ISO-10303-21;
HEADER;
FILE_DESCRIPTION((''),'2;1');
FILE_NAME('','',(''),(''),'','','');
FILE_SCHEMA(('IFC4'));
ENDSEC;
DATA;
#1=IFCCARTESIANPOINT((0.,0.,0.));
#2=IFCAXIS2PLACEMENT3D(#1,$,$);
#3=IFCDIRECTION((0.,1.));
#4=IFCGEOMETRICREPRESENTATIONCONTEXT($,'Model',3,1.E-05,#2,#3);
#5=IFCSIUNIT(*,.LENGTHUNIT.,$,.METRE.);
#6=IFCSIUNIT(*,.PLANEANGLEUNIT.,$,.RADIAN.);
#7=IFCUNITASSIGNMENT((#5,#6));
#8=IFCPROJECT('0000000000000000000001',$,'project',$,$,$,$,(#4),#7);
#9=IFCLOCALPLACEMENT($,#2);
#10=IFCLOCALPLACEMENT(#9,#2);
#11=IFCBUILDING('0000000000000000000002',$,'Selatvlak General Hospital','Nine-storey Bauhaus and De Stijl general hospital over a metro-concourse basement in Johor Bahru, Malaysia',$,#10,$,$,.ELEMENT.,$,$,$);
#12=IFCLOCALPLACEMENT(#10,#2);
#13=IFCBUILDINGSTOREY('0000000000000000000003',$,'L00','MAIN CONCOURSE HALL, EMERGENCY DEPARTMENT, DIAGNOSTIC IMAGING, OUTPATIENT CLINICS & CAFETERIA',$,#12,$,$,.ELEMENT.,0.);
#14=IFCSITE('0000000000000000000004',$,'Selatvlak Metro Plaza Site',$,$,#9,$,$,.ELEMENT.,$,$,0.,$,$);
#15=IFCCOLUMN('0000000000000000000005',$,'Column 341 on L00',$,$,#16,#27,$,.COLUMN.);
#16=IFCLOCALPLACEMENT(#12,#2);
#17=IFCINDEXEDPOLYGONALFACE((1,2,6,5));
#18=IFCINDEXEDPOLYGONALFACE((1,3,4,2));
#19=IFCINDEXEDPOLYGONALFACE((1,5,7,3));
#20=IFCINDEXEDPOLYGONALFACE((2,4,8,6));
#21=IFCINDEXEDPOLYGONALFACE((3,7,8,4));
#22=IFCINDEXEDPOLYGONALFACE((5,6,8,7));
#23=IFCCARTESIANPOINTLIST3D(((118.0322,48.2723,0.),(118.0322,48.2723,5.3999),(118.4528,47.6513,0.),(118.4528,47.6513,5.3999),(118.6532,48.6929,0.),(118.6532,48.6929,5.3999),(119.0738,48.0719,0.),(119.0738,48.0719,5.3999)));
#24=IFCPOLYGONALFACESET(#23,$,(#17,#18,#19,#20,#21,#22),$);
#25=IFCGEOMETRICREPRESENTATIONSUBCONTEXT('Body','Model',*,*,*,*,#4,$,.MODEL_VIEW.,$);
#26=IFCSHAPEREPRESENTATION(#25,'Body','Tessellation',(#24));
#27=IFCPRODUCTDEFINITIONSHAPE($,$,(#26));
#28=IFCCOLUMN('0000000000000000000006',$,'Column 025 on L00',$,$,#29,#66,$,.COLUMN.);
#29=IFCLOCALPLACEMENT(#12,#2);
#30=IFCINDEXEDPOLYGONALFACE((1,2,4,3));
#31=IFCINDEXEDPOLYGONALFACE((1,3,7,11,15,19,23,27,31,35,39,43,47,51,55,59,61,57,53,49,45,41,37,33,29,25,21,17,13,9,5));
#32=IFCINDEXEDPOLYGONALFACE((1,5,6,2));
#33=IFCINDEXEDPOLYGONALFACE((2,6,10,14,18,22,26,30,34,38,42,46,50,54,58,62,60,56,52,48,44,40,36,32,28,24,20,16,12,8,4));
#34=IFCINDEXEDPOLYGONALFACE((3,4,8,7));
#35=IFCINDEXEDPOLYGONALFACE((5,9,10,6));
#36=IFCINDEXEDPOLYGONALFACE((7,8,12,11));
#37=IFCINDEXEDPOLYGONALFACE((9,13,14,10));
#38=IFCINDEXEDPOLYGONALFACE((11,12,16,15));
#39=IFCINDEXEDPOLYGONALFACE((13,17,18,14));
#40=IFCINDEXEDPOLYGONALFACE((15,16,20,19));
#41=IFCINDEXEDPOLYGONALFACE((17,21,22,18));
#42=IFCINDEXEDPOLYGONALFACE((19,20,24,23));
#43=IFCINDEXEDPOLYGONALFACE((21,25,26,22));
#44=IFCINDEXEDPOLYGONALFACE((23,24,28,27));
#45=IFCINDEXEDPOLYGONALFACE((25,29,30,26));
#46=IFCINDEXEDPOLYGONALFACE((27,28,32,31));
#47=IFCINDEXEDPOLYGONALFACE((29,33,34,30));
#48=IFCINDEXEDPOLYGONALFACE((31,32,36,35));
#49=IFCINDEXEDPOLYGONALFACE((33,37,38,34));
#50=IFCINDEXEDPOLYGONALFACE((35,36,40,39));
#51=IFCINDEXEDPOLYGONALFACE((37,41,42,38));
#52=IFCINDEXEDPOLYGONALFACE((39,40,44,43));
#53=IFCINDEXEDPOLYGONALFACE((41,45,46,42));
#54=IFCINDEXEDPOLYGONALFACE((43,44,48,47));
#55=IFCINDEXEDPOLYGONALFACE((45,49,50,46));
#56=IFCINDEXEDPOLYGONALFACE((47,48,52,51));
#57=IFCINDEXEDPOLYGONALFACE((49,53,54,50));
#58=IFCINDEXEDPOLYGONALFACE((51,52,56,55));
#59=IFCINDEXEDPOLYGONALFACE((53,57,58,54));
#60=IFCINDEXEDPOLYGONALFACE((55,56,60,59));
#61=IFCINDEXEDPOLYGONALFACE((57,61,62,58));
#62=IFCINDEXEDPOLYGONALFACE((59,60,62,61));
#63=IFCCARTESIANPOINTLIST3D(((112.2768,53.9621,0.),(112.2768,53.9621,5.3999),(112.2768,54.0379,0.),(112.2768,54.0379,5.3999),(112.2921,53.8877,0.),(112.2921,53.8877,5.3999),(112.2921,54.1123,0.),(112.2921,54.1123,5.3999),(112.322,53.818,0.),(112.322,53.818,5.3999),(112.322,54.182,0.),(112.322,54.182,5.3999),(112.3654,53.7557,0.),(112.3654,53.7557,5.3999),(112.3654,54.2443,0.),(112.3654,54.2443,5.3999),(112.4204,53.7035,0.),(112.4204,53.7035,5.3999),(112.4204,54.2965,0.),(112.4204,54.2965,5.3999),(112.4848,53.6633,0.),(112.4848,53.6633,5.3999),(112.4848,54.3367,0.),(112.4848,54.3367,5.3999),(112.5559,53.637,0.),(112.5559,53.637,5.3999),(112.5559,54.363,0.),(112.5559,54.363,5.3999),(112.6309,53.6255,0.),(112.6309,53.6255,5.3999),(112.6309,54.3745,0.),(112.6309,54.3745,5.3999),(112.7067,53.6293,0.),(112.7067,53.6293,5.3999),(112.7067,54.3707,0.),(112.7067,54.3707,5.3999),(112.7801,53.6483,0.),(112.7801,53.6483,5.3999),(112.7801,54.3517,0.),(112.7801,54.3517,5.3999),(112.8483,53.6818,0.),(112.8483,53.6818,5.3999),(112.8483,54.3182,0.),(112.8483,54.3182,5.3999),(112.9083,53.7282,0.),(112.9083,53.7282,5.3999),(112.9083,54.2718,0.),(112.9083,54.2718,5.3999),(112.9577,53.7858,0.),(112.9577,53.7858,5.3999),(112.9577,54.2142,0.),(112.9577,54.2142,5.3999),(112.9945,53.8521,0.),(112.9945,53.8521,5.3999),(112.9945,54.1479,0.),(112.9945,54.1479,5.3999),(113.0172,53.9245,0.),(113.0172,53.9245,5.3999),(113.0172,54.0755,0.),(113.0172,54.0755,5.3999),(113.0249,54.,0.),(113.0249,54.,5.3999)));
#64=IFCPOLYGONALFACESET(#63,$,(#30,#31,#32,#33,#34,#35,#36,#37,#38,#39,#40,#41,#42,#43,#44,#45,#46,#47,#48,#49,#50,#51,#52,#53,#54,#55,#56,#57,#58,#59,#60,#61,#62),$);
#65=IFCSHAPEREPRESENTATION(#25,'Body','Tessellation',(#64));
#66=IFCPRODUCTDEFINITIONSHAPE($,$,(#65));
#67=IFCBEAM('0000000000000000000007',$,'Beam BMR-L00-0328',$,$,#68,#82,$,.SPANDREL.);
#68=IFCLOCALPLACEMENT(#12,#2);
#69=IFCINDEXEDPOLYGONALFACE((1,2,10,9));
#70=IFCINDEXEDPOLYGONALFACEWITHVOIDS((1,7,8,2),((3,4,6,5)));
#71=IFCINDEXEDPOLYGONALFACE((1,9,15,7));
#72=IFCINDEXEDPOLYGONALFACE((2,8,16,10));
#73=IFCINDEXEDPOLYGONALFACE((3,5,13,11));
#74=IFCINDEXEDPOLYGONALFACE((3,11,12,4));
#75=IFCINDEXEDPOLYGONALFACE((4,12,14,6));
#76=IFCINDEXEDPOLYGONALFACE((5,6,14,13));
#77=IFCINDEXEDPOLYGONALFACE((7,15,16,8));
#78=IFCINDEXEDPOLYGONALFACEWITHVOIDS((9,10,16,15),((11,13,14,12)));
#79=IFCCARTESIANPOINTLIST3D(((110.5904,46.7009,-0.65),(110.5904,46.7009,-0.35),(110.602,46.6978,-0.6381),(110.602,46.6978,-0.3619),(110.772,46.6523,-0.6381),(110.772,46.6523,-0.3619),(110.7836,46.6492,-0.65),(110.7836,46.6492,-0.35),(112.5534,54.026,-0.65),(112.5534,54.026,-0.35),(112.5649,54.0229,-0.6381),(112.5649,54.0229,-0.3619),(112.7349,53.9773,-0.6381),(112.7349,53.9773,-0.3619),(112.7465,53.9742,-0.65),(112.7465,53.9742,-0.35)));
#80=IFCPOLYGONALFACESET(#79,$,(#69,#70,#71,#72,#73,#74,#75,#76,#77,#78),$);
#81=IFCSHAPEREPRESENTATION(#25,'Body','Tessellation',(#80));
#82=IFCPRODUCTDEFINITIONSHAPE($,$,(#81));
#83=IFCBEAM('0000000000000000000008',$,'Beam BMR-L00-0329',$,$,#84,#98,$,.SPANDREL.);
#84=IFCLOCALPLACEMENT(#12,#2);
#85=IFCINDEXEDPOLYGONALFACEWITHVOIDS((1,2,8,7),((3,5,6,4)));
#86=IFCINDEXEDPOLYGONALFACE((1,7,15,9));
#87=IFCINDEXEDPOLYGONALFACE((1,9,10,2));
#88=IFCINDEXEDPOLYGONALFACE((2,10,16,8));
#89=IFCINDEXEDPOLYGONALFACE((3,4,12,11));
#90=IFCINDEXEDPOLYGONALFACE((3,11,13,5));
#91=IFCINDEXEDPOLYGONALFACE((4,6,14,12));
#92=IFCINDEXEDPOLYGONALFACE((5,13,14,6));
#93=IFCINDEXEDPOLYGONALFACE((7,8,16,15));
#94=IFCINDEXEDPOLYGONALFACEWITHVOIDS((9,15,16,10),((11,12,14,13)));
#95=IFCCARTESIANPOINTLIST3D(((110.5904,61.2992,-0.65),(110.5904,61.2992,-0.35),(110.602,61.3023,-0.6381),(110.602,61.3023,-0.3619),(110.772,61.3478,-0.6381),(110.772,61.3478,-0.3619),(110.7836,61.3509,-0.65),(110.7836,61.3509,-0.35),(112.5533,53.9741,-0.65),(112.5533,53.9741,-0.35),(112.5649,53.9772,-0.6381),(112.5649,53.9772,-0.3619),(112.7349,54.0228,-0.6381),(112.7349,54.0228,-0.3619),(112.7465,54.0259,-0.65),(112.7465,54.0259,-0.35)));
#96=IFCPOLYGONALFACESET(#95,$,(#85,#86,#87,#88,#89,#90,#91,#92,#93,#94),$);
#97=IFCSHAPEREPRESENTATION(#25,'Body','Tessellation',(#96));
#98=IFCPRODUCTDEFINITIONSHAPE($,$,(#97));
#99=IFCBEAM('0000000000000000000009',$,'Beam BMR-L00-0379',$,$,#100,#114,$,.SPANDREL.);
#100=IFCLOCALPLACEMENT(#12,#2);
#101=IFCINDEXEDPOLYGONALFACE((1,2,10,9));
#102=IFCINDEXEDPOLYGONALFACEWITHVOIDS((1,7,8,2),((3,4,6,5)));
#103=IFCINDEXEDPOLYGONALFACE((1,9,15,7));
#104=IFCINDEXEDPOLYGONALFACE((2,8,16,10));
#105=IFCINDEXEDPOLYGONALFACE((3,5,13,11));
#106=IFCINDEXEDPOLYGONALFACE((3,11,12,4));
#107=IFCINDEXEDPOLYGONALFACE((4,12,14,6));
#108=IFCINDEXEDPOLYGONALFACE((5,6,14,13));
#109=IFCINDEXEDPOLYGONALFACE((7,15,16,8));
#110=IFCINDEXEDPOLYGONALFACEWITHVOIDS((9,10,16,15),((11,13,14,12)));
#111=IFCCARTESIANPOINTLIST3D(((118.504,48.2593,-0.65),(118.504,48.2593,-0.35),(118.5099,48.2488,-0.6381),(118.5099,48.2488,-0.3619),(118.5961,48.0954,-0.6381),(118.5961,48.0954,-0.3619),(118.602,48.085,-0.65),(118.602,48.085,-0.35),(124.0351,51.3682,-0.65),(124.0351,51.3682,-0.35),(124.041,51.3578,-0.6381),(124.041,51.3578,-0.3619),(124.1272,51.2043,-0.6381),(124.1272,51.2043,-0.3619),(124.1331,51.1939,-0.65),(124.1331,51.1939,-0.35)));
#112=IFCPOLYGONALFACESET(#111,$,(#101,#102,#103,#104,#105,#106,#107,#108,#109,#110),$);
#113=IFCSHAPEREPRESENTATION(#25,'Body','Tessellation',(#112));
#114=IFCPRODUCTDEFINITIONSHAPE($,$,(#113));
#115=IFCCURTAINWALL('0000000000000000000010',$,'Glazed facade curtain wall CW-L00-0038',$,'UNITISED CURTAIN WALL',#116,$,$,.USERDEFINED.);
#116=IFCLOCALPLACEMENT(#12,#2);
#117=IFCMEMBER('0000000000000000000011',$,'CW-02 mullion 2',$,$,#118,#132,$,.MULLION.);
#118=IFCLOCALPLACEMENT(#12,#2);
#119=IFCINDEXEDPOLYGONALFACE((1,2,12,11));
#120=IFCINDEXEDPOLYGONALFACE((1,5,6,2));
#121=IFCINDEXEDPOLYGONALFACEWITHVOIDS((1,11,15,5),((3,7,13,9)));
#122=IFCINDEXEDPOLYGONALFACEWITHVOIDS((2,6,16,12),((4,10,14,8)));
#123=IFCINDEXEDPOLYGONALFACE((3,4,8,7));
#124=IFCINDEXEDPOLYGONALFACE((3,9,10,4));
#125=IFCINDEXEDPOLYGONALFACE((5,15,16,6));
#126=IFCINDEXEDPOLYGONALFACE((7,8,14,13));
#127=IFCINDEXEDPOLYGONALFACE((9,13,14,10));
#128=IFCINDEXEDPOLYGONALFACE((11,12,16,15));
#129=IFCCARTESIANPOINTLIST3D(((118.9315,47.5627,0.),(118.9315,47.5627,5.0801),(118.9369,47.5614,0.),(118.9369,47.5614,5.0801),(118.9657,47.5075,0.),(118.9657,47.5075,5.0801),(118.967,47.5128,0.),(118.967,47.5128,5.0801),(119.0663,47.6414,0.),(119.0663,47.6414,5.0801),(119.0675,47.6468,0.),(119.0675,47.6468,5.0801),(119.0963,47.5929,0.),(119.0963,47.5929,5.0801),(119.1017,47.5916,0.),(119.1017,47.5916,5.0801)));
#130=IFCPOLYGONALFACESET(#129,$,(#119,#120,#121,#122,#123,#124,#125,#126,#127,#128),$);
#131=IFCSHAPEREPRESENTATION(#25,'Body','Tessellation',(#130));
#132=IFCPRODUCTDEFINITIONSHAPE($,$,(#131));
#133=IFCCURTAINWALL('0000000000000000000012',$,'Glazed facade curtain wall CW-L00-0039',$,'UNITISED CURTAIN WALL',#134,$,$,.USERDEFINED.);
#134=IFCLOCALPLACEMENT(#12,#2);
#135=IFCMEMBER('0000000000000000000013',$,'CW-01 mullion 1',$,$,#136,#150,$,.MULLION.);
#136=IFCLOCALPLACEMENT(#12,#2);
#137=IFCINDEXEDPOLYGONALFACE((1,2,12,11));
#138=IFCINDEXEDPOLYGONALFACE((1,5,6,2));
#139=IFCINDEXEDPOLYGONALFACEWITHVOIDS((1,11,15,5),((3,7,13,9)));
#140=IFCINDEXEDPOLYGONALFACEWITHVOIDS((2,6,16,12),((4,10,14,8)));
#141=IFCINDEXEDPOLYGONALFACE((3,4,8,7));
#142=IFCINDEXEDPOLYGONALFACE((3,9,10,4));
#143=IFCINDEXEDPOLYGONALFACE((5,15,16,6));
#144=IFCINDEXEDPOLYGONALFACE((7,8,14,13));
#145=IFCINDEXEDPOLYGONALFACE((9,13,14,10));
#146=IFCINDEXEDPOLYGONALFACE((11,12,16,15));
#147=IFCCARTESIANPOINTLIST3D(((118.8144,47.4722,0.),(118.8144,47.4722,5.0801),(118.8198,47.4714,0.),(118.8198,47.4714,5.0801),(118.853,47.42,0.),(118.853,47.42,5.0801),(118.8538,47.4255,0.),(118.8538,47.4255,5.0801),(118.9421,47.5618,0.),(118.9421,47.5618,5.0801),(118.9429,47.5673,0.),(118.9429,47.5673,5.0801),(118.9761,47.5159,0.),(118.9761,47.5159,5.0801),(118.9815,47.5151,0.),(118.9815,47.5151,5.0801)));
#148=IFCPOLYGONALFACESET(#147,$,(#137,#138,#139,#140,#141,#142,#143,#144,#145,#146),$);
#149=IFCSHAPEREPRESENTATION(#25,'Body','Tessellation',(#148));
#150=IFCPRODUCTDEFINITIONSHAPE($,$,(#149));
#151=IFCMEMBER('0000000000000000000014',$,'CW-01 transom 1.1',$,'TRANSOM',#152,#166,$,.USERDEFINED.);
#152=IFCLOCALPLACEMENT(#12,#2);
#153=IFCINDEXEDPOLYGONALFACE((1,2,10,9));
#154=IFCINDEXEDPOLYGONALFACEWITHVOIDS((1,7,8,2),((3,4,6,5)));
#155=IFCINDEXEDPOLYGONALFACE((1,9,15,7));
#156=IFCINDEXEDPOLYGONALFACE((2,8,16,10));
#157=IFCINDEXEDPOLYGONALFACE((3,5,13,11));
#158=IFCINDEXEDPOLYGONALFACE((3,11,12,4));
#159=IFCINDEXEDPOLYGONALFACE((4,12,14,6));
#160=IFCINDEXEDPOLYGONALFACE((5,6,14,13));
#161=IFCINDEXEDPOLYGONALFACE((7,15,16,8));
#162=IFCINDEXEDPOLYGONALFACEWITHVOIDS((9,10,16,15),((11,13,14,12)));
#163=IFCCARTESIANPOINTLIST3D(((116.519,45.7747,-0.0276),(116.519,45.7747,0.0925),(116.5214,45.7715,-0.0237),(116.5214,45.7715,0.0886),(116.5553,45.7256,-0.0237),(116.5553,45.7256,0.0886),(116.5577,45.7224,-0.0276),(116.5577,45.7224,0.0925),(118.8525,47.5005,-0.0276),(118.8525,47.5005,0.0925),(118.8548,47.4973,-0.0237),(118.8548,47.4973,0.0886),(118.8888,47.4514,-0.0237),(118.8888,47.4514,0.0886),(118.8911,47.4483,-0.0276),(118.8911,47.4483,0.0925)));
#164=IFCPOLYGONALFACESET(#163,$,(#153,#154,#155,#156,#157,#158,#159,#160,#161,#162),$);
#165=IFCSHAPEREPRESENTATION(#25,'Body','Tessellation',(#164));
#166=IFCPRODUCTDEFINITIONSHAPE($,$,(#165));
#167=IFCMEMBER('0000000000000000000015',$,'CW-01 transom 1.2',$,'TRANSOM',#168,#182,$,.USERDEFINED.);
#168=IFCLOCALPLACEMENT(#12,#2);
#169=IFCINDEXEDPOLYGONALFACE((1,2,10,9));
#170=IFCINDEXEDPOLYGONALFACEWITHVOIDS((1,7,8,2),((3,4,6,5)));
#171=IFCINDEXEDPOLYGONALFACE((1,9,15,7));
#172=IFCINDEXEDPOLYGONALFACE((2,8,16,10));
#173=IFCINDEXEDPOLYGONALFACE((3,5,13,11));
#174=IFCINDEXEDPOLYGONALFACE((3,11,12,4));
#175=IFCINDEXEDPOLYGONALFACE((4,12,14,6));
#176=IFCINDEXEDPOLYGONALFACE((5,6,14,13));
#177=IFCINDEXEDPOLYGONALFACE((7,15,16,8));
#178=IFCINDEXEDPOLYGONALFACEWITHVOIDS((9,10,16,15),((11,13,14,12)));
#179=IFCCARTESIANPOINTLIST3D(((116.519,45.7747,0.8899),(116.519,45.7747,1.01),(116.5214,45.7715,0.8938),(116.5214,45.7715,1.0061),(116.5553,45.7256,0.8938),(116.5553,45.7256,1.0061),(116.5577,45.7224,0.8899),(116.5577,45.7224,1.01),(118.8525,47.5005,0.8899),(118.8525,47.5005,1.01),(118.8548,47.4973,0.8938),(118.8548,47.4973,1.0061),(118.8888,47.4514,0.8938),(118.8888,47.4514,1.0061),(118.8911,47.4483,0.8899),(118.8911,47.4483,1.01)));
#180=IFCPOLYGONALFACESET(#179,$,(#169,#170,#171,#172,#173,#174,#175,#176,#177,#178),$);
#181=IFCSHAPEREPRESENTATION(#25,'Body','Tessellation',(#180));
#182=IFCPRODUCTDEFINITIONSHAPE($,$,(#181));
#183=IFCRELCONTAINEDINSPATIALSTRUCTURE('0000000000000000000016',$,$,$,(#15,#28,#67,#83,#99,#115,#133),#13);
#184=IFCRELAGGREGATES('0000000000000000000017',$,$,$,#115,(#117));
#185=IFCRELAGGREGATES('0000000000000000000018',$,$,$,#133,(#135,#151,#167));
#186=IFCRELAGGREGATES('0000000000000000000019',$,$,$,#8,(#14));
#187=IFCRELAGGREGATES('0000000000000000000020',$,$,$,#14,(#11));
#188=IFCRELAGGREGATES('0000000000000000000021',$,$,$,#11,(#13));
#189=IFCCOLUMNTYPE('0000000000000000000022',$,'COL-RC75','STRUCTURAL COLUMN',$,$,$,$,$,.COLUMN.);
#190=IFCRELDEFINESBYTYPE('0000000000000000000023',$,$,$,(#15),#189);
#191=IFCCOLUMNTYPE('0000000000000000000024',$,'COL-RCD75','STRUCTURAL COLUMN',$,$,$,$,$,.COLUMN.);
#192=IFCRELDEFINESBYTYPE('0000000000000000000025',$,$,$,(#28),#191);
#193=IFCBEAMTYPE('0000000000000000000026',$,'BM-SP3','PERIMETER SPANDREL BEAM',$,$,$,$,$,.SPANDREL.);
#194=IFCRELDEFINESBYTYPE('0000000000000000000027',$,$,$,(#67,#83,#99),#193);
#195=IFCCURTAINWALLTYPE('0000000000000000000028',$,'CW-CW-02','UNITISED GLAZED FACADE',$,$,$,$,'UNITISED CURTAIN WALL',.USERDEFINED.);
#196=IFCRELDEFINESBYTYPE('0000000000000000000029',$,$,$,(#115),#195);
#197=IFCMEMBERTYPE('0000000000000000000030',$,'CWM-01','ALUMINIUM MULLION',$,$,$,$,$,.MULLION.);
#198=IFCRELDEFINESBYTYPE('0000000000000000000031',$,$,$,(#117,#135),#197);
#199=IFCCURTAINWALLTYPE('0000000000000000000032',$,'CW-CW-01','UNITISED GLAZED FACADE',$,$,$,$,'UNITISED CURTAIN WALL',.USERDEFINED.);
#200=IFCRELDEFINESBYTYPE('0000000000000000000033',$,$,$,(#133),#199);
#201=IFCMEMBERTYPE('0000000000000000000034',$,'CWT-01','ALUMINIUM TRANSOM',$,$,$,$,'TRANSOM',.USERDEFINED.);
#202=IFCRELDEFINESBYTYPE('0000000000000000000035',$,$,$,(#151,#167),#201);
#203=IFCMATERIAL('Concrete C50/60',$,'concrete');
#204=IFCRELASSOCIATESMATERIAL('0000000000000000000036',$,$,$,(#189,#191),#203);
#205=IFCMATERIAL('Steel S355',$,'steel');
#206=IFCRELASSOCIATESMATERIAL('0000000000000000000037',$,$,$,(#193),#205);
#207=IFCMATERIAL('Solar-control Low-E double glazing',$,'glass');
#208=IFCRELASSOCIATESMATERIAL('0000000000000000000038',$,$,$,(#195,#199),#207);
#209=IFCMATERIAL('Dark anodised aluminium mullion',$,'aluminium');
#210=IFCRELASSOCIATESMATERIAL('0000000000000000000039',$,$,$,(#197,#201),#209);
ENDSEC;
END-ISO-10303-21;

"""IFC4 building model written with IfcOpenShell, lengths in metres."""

from ifc_helpers import new_model, si_unit, direction, frame, origin, origin_2d, place, context, subcontext, project, spatial, rectangle, hollow_rectangle, circle, extrude, material, material_profile, profile_set, type_object, element, aggregate, save


model = new_model("IFC4")

# Units and contexts
model_context = context("Model", 3, precision=1e-05, world=origin(), true_north=direction((0.0, 1.0)))
body_context = subcontext(model_context, "Body", "Model", "MODEL_VIEW")
ifc_project = project(units=[si_unit("LENGTHUNIT", "METRE"), si_unit("PLANEANGLEUNIT", "RADIAN")], contexts=[model_context])

# Site, building, storey
site_placement = place(None, origin())
site = spatial("IfcSite", under=ifc_project, at=site_placement, Name="Selatvlak Metro Plaza Site", CompositionType="ELEMENT", RefElevation=0.0)
building_placement = place(site_placement, origin())
building = spatial("IfcBuilding", under=site, at=building_placement, Name="Selatvlak General Hospital", Description="Nine-storey Bauhaus and De Stijl general hospital over a metro-concourse basement in Johor Bahru, Malaysia", CompositionType="ELEMENT")
storey_placement = place(building_placement, origin())
storey = spatial("IfcBuildingStorey", under=building, at=storey_placement, Name="L00", Description="MAIN CONCOURSE HALL, EMERGENCY DEPARTMENT, DIAGNOSTIC IMAGING, OUTPATIENT CLINICS & CAFETERIA", CompositionType="ELEMENT", Elevation=0.0)

# Columns
ifc_material_1 = material(Name="Concrete C50/60", Category="concrete")
ifc_material_profile_1 = material_profile(ifc_material_1, rectangle(XDim=0.75, YDim=0.75, at=origin_2d()), Name="RC-COL 750x750")
ifc_profile_set_1 = profile_set([ifc_material_profile_1], Name="Concrete C50/60")
column_type_1 = type_object("IfcColumnType", Name="COL-RC75", Description="STRUCTURAL COLUMN", PredefinedType="COLUMN", material=ifc_profile_set_1)
column_placement = place(storey_placement, frame((118.553, 48.1721, 0.0), z_axis=(0.0, 0.0, 1.0), x_axis=(-0.560726, 0.828002, 0.0)))
element("IfcColumn", 1, at=column_placement, inside=storey, type_object=column_type_1, Name="Column 341 on L00", PredefinedType="COLUMN", context=body_context, shape_type="SweptSolid", body=[
    extrude(rectangle(XDim=0.75, YDim=0.75, at=origin_2d()), origin(), (0.0, 0.0, 1.0), 5.3999),
])
ifc_material_profile_2 = material_profile(ifc_material_1, circle(Radius=0.375, at=origin_2d()), Name="RC-COL D750")
ifc_profile_set_2 = profile_set([ifc_material_profile_2], Name="Concrete C50/60")
column_type_2 = type_object("IfcColumnType", Name="COL-RCD75", Description="STRUCTURAL COLUMN", PredefinedType="COLUMN", material=ifc_profile_set_2)
for number, where, z_axis, x_axis, name in (
    (2, (112.6499, 54.0, 0.0), (0.0, 0.0, 1.0), (1.0, 0.0, 0.0), "Column 025 on L00"),
):
    element("IfcColumn", number, at=place(storey_placement, frame(where, z_axis=z_axis, x_axis=x_axis)), inside=storey, type_object=column_type_2, Name=name, PredefinedType="COLUMN", context=body_context, shape_type="SweptSolid", body=[
        extrude(circle(Radius=0.375, at=origin_2d()), origin(), (0.0, 0.0, 1.0), 5.3999),
    ])

# Beams
ifc_material_2 = material(Name="Steel S355", Category="steel")
ifc_material_profile_3 = material_profile(ifc_material_2, hollow_rectangle(XDim=0.2, YDim=0.3, WallThickness=0.012, at=origin_2d()), Name="RHS 300x200x12")
ifc_profile_set_3 = profile_set([ifc_material_profile_3], Name="Steel S355")
beam_type = type_object("IfcBeamType", Name="BM-SP3", Description="PERIMETER SPANDREL BEAM", PredefinedType="SPANDREL", material=ifc_profile_set_3)
for number, where, z_axis, x_axis, name in (
    (3, (110.687, 46.675, -0.5), (0.258841, 0.96592, 0.0), (-0.96592, 0.258841, 0.0), "Beam BMR-L00-0328"),
    (4, (112.6499, 54.0, -0.5), (-0.258841, 0.96592, 0.0), (-0.96592, -0.258841, 0.0), "Beam BMR-L00-0329"),
):
    element("IfcBeam", number, at=place(storey_placement, frame(where, z_axis=z_axis, x_axis=x_axis)), inside=storey, type_object=beam_type, Name=name, PredefinedType="SPANDREL", context=body_context, shape_type="SweptSolid", body=[
        extrude(hollow_rectangle(XDim=0.2, YDim=0.3, WallThickness=0.012, at=origin_2d()), origin(), (0.0, 0.0, 1.0), 7.5835),
    ])
beam_placement = place(storey_placement, frame((118.553, 48.1721, -0.5), z_axis=(0.871731, 0.489985, 0.0), x_axis=(-0.489985, 0.871731, 0.0)))
element("IfcBeam", 5, at=beam_placement, inside=storey, type_object=beam_type, Name="Beam BMR-L00-0379", PredefinedType="SPANDREL", context=body_context, shape_type="SweptSolid", body=[
    extrude(hollow_rectangle(XDim=0.2, YDim=0.3, WallThickness=0.012, at=origin_2d()), origin(), (0.0, 0.0, 1.0), 6.345),
])

# Curtain wall, member
ifc_material_3 = material(Name="Solar-control Low-E double glazing", Category="glass")
curtain_wall_type_1 = type_object("IfcCurtainWallType", Name="CW-CW-02", Description="UNITISED GLAZED FACADE", ElementType="UNITISED CURTAIN WALL", PredefinedType="USERDEFINED", material=ifc_material_3)
curtain_wall_1_placement = place(storey_placement, origin())
curtain_wall_1 = element("IfcCurtainWall", 6, at=curtain_wall_1_placement, inside=storey, type_object=curtain_wall_type_1, Name="Glazed facade curtain wall CW-L00-0038", ObjectType="UNITISED CURTAIN WALL", PredefinedType="USERDEFINED")
ifc_material_4 = material(Name="Dark anodised aluminium mullion", Category="aluminium")
ifc_material_profile_4 = material_profile(ifc_material_4, hollow_rectangle(XDim=0.0649, YDim=0.1599, WallThickness=0.0039, at=origin_2d()), Name="AL-MUL 65x160x4")
ifc_profile_set_4 = profile_set([ifc_material_profile_4], Name="Dark anodised aluminium mullion")
member_type_1 = type_object("IfcMemberType", Name="CWM-01", Description="ALUMINIUM MULLION", PredefinedType="MULLION", material=ifc_profile_set_4)
member_1_placement = place(storey_placement, frame((119.0166, 47.5771, 0.0), z_axis=(0.0, 0.0, 1.0), x_axis=(0.526048, -0.850455, 0.0)))
member_1 = element("IfcMember", 7, at=member_1_placement, type_object=member_type_1, Name="CW-02 mullion 2", PredefinedType="MULLION", context=body_context, shape_type="SweptSolid", body=[
    extrude(hollow_rectangle(XDim=0.0649, YDim=0.1599, WallThickness=0.0039, at=origin_2d()), origin(), (0.0, 0.0, 1.0), 5.0801),
])

# Curtain wall, members
curtain_wall_type_2 = type_object("IfcCurtainWallType", Name="CW-CW-01", Description="UNITISED GLAZED FACADE", ElementType="UNITISED CURTAIN WALL", PredefinedType="USERDEFINED", material=ifc_material_3)
curtain_wall_2_placement = place(storey_placement, origin())
curtain_wall_2 = element("IfcCurtainWall", 8, at=curtain_wall_2_placement, inside=storey, type_object=curtain_wall_type_2, Name="Glazed facade curtain wall CW-L00-0039", ObjectType="UNITISED CURTAIN WALL", PredefinedType="USERDEFINED")
member_2_placement = place(storey_placement, frame((118.8979, 47.4937, 0.0), z_axis=(0.0, 0.0, 1.0), x_axis=(0.594604, -0.804018, 0.0)))
member_2 = element("IfcMember", 9, at=member_2_placement, type_object=member_type_1, Name="CW-01 mullion 1", PredefinedType="MULLION", context=body_context, shape_type="SweptSolid", body=[
    extrude(hollow_rectangle(XDim=0.0649, YDim=0.1599, WallThickness=0.0039, at=origin_2d()), origin(), (0.0, 0.0, 1.0), 5.0801),
])
ifc_material_profile_5 = material_profile(ifc_material_4, hollow_rectangle(XDim=0.0649, YDim=0.1201, WallThickness=0.0039, at=origin_2d()), Name="AL-TRN 65x120x4")
ifc_profile_set_5 = profile_set([ifc_material_profile_5], Name="Dark anodised aluminium mullion")
member_type_2 = type_object("IfcMemberType", Name="CWT-01", Description="ALUMINIUM TRANSOM", ElementType="TRANSOM", PredefinedType="USERDEFINED", material=ifc_profile_set_5)
member_3_placement = place(storey_placement, frame((118.8718, 47.4744, 0.0325), z_axis=(-0.804, -0.59463, 0.0), x_axis=(0.59463, -0.804, 0.0)))
member_3 = element("IfcMember", 10, at=member_3_placement, type_object=member_type_2, Name="CW-01 transom 1.1", ObjectType="TRANSOM", PredefinedType="USERDEFINED", context=body_context, shape_type="SweptSolid", body=[
    extrude(hollow_rectangle(XDim=0.0649, YDim=0.1201, WallThickness=0.0039, at=origin_2d()), origin(), (0.0, 0.0, 1.0), 2.9023),
])
member_4_placement = place(storey_placement, frame((118.8718, 47.4744, 0.95), z_axis=(-0.804, -0.59463, 0.0), x_axis=(0.59463, -0.804, 0.0)))
member_4 = element("IfcMember", 11, at=member_4_placement, type_object=member_type_2, Name="CW-01 transom 1.2", ObjectType="TRANSOM", PredefinedType="USERDEFINED", context=body_context, shape_type="SweptSolid", body=[
    extrude(hollow_rectangle(XDim=0.0649, YDim=0.1201, WallThickness=0.0039, at=origin_2d()), origin(), (0.0, 0.0, 1.0), 2.9023),
])

aggregate(curtain_wall_1, [member_1])
aggregate(curtain_wall_2, [member_2, member_3, member_4])

save(model, "model.ifc")
